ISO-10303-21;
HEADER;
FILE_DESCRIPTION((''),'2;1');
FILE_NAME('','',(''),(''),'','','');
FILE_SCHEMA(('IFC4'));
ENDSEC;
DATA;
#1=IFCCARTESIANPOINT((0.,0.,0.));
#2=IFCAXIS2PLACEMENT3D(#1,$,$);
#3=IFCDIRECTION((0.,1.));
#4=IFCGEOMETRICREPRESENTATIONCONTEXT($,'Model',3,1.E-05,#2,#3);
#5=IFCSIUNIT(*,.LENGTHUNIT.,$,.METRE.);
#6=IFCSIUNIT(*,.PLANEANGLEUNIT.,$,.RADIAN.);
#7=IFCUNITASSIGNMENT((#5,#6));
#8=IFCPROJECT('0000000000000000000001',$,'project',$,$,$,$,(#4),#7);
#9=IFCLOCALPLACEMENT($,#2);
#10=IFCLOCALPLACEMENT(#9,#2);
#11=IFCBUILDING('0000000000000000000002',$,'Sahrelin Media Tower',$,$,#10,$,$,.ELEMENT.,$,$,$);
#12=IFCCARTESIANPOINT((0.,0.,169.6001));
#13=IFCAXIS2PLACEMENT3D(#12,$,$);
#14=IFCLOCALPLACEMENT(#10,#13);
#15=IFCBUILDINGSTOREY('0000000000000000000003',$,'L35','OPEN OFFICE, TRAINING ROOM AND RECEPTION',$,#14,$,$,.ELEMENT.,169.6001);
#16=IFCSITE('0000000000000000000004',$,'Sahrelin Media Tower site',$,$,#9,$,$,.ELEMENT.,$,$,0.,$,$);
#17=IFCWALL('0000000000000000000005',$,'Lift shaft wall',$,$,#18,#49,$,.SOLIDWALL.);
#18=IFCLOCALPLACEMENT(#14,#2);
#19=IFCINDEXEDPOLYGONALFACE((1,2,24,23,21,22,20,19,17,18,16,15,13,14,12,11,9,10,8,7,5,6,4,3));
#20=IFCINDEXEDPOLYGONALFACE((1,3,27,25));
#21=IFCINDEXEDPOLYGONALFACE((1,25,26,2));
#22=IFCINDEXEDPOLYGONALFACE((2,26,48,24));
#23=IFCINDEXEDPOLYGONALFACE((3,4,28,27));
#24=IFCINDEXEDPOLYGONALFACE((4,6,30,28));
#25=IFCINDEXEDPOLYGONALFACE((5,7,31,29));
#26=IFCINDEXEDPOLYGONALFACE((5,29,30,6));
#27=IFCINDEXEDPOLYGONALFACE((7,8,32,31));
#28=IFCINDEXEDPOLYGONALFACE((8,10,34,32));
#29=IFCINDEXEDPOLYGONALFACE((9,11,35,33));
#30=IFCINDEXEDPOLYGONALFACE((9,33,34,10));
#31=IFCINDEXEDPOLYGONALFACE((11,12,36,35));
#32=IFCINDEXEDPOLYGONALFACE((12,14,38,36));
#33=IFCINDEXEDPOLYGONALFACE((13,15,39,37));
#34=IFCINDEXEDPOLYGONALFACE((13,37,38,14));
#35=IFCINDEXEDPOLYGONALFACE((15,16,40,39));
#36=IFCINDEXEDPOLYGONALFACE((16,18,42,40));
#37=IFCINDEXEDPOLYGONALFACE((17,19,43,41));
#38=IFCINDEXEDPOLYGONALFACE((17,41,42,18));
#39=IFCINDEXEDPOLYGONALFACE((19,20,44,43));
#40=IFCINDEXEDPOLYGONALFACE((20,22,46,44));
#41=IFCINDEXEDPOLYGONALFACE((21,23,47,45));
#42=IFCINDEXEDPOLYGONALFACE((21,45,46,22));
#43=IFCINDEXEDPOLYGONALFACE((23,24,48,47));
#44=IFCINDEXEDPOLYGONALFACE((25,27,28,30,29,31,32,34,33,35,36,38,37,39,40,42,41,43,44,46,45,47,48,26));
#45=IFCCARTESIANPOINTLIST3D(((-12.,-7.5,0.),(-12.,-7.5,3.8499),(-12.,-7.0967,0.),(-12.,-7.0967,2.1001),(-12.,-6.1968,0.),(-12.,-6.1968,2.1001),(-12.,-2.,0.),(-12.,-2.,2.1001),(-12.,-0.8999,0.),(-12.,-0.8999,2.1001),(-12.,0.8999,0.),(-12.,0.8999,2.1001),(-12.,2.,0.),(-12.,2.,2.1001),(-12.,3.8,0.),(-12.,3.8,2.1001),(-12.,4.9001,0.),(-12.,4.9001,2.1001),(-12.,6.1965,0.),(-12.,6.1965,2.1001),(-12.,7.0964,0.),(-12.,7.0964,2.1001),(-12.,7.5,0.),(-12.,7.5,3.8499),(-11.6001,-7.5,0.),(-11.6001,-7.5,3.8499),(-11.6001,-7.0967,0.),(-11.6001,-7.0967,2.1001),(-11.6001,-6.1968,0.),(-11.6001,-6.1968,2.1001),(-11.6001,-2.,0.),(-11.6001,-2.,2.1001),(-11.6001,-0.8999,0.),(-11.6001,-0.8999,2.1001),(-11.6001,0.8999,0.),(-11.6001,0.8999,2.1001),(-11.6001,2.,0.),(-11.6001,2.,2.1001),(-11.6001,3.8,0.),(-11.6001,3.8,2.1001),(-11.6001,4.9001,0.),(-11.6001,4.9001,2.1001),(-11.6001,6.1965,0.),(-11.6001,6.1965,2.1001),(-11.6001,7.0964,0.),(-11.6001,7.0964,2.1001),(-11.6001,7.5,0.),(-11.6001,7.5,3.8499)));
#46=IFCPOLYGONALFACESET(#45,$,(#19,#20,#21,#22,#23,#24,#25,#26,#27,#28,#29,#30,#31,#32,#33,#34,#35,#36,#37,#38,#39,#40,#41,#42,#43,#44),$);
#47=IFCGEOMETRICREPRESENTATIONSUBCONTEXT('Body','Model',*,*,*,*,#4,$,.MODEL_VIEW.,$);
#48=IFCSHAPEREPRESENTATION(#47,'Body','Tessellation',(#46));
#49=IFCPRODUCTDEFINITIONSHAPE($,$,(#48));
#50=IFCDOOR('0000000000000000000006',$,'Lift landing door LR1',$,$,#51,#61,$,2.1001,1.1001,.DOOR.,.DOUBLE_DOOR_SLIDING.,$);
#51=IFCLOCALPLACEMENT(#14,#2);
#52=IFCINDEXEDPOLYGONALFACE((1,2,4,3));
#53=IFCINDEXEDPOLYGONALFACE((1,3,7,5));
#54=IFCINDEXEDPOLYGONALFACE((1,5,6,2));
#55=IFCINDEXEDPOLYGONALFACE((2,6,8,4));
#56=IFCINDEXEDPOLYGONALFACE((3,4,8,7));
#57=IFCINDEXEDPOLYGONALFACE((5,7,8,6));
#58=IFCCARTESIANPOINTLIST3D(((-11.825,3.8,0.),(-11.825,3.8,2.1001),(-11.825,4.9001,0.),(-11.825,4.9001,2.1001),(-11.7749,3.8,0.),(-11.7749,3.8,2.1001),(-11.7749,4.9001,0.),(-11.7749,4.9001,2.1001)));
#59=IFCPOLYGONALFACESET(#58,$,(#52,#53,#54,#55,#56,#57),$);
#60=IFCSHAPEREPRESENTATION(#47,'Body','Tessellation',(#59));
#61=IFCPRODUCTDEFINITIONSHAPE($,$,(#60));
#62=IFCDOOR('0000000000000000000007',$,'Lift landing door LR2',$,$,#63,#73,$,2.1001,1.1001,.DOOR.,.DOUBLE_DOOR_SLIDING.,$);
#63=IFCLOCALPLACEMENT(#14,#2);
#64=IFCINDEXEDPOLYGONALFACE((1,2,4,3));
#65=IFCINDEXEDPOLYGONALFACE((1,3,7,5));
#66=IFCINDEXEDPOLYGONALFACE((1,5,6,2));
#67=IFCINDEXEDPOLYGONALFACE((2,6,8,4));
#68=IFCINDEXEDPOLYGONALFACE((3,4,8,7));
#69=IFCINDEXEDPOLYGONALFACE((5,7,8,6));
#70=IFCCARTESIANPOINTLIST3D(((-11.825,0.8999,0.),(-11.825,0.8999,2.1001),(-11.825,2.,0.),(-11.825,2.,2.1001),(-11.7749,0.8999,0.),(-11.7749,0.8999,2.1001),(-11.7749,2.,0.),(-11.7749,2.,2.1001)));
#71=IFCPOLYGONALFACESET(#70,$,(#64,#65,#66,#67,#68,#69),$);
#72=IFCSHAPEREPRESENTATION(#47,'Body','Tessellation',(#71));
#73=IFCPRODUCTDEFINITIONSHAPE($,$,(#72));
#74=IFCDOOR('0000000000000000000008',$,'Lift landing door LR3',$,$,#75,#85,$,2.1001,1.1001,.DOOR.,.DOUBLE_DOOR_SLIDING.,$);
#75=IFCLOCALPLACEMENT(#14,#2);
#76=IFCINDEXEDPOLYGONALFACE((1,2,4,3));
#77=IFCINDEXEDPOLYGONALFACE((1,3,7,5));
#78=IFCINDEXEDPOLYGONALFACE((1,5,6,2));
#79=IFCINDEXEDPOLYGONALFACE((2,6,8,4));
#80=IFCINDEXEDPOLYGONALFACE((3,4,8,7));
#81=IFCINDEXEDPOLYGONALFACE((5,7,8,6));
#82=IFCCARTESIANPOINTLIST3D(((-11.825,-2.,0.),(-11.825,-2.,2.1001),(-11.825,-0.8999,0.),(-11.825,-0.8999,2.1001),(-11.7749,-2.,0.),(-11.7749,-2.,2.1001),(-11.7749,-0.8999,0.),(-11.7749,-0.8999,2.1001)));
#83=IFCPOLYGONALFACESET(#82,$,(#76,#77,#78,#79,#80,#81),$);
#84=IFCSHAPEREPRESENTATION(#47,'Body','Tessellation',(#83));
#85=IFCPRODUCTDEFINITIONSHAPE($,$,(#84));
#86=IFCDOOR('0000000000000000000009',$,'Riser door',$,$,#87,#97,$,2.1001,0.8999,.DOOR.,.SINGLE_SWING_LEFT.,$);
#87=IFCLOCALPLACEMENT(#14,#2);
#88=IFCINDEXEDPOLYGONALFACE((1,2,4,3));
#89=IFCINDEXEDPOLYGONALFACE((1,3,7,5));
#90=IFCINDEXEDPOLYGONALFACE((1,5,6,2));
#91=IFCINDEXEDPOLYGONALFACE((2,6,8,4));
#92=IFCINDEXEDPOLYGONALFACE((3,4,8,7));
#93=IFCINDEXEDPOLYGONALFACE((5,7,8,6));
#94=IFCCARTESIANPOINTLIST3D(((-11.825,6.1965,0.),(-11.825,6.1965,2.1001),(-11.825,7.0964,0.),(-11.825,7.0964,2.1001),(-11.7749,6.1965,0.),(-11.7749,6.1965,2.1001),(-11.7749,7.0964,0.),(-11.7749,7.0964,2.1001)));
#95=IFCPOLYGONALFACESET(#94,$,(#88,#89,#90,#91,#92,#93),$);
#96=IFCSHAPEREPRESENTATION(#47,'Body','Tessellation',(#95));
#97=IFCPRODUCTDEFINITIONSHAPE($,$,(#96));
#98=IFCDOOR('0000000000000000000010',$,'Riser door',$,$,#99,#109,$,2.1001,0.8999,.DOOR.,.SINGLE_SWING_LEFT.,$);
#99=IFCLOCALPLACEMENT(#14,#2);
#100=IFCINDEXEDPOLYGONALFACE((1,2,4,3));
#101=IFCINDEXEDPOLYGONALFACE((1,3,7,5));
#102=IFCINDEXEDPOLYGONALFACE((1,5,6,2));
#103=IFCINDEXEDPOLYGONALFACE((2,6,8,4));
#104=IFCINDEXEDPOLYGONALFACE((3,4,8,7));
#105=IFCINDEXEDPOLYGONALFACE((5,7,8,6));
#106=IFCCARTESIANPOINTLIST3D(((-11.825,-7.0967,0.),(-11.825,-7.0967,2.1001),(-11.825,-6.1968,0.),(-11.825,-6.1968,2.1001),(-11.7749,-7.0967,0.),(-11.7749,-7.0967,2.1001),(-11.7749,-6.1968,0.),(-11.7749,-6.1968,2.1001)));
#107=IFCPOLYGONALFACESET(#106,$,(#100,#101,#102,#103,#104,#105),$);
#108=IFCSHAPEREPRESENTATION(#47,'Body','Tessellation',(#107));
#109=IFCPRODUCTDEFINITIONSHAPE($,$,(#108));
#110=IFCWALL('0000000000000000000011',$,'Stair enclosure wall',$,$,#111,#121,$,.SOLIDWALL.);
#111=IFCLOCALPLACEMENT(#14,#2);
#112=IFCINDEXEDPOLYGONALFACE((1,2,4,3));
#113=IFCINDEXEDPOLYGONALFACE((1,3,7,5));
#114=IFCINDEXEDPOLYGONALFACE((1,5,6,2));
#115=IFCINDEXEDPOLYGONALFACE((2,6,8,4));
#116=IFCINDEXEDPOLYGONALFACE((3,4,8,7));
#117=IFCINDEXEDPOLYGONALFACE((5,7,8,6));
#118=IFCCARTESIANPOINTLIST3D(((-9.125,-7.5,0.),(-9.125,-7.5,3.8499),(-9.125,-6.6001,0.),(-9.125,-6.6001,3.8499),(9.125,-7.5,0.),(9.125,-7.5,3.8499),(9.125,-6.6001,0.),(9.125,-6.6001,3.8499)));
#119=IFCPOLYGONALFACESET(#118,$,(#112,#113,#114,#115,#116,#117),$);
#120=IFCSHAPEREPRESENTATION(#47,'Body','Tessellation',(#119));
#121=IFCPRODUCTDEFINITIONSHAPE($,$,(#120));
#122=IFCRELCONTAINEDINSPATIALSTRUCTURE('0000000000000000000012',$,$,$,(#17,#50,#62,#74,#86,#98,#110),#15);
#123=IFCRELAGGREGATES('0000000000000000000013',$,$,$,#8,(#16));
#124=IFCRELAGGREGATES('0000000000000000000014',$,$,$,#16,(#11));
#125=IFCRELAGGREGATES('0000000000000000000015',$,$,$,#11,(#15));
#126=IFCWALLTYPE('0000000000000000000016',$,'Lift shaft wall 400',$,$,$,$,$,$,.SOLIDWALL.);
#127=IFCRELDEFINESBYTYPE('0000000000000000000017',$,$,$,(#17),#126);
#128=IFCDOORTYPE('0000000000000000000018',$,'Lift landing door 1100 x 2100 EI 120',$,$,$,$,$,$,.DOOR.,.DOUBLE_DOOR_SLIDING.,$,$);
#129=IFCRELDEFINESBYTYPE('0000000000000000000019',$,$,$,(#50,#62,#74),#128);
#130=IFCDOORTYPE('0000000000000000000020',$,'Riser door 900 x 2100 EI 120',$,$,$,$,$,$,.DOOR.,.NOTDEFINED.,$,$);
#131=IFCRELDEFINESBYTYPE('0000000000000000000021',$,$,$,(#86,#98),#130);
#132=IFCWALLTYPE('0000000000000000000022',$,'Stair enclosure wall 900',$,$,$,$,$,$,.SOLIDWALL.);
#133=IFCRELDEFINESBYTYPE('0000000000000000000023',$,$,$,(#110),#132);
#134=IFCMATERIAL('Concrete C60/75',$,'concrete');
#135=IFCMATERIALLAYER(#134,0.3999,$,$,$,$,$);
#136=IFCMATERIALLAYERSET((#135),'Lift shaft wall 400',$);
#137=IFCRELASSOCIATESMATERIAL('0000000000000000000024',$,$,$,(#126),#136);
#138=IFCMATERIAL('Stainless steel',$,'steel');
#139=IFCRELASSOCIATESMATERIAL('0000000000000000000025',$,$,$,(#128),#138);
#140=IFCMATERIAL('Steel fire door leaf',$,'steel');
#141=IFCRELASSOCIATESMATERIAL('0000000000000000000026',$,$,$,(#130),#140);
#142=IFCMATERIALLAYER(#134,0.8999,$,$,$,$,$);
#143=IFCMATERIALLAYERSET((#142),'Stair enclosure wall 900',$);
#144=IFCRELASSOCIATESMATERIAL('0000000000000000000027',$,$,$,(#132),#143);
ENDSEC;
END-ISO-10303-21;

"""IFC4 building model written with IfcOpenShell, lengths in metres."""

from ifc_helpers import new_model, si_unit, direction, frame, frame_2d, origin, place, context, subcontext, project, spatial, rectangle, extrude, material, layer, layer_set, type_object, element, fill, save


model = new_model("IFC4")

# Units and contexts
model_context = context("Model", 3, precision=1e-05, world=origin(), true_north=direction((0.0, 1.0)))
body_context = subcontext(model_context, "Body", "Model", "MODEL_VIEW")
ifc_project = project(units=[si_unit("LENGTHUNIT", "METRE"), si_unit("PLANEANGLEUNIT", "RADIAN")], contexts=[model_context])

# Site, building, storey
site_placement = place(None, origin())
site = spatial("IfcSite", under=ifc_project, at=site_placement, Name="Sahrelin Media Tower site", CompositionType="ELEMENT", RefElevation=0.0)
building_placement = place(site_placement, origin())
building = spatial("IfcBuilding", under=site, at=building_placement, Name="Sahrelin Media Tower", CompositionType="ELEMENT")
storey_placement = place(building_placement, frame((0.0, 0.0, 169.6001)))
storey = spatial("IfcBuildingStorey", under=building, at=storey_placement, Name="L35", Description="OPEN OFFICE, TRAINING ROOM AND RECEPTION", CompositionType="ELEMENT", Elevation=169.6001)

# Shared definitions
ifc_material_1 = material(Name="Concrete C60/75", Category="concrete")
ifc_material_2 = material(Name="Steel fire door leaf", Category="steel")

# Wall, openings, doors
ifc_layer_1 = layer(ifc_material_1, 0.3999)
ifc_layer_set_1 = layer_set([ifc_layer_1], Name="Lift shaft wall 400")
wall_type_1 = type_object("IfcWallType", Name="Lift shaft wall 400", PredefinedType="SOLIDWALL", material=ifc_layer_set_1)
wall_1_placement = place(storey_placement, frame((-11.8, -7.5, 0.0), z_axis=(0.0, 0.0, 1.0), x_axis=(0.0, 1.0, 0.0)))
wall_1 = element("IfcWall", 1, at=wall_1_placement, inside=storey, type_object=wall_type_1, Name="Lift shaft wall", PredefinedType="SOLIDWALL", context=body_context, shape_type="SweptSolid", body=[
    extrude(rectangle(XDim=15.0, YDim=0.3999, at=frame_2d((7.5, 0.0))), origin(), (0.0, 0.0, 1.0), 3.8499),
])
opening_1_placement = place(wall_1_placement, frame((11.3, 0.0, 0.0)))
opening_1 = element("IfcOpeningElement", 2, at=opening_1_placement, cuts=wall_1, PredefinedType="OPENING", context=body_context, shape_type="SweptSolid", body=[
    extrude(rectangle(XDim=1.1001, YDim=2.1001, at=frame_2d((0.55, 1.05))), frame((0.0, 0.2, 0.0), z_axis=(0.0, -1.0, 0.0), x_axis=(1.0, 0.0, 0.0)), (0.0, 0.0, 1.0), 0.3999),
])
opening_2_placement = place(wall_1_placement, frame((8.3999, 0.0, 0.0)))
opening_2 = element("IfcOpeningElement", 3, at=opening_2_placement, cuts=wall_1, PredefinedType="OPENING", context=body_context, shape_type="SweptSolid", body=[
    extrude(rectangle(XDim=1.1001, YDim=2.1001, at=frame_2d((0.55, 1.05))), frame((0.0, 0.2, 0.0), z_axis=(0.0, -1.0, 0.0), x_axis=(1.0, 0.0, 0.0)), (0.0, 0.0, 1.0), 0.3999),
])
opening_3_placement = place(wall_1_placement, frame((5.5, 0.0, 0.0)))
opening_3 = element("IfcOpeningElement", 4, at=opening_3_placement, cuts=wall_1, PredefinedType="OPENING", context=body_context, shape_type="SweptSolid", body=[
    extrude(rectangle(XDim=1.1001, YDim=2.1001, at=frame_2d((0.55, 1.05))), frame((0.0, 0.2, 0.0), z_axis=(0.0, -1.0, 0.0), x_axis=(1.0, 0.0, 0.0)), (0.0, 0.0, 1.0), 0.3999),
])
opening_4_placement = place(wall_1_placement, frame((13.6965, 0.0, 0.0)))
opening_4 = element("IfcOpeningElement", 5, at=opening_4_placement, cuts=wall_1, PredefinedType="OPENING", context=body_context, shape_type="SweptSolid", body=[
    extrude(rectangle(XDim=0.8999, YDim=2.1001, at=frame_2d((0.45, 1.05))), frame((0.0, 0.2, 0.0), z_axis=(0.0, -1.0, 0.0), x_axis=(1.0, 0.0, 0.0)), (0.0, 0.0, 1.0), 0.3999),
])
opening_5_placement = place(wall_1_placement, frame((0.4033, 0.0, 0.0)))
opening_5 = element("IfcOpeningElement", 6, at=opening_5_placement, cuts=wall_1, PredefinedType="OPENING", context=body_context, shape_type="SweptSolid", body=[
    extrude(rectangle(XDim=0.8999, YDim=2.1001, at=frame_2d((0.45, 1.05))), frame((0.0, 0.2, 0.0), z_axis=(0.0, -1.0, 0.0), x_axis=(1.0, 0.0, 0.0)), (0.0, 0.0, 1.0), 0.3999),
])
ifc_material_3 = material(Name="Stainless steel", Category="steel")
door_type_1 = type_object("IfcDoorType", Name="Lift landing door 1100 x 2100 EI 120", OperationType="DOUBLE_DOOR_SLIDING", PredefinedType="DOOR", material=ifc_material_3)
door_1_placement = place(opening_1_placement, origin())
door_1 = element("IfcDoor", 7, at=door_1_placement, inside=storey, type_object=door_type_1, Name="Lift landing door LR1", OperationType="DOUBLE_DOOR_SLIDING", OverallHeight=2.1001, OverallWidth=1.1001, PredefinedType="DOOR", context=body_context, shape_type="SweptSolid", body=[
    extrude(rectangle(XDim=1.1001, YDim=2.1001, at=frame_2d((0.55, 1.05))), frame((0.0, 0.0249, 0.0), z_axis=(0.0, -1.0, 0.0), x_axis=(1.0, 0.0, 0.0)), (0.0, 0.0, 1.0), 0.05),
])
fill(opening_1, door_1)
door_2_placement = place(opening_2_placement, origin())
door_2 = element("IfcDoor", 8, at=door_2_placement, inside=storey, type_object=door_type_1, Name="Lift landing door LR2", OperationType="DOUBLE_DOOR_SLIDING", OverallHeight=2.1001, OverallWidth=1.1001, PredefinedType="DOOR", context=body_context, shape_type="SweptSolid", body=[
    extrude(rectangle(XDim=1.1001, YDim=2.1001, at=frame_2d((0.55, 1.05))), frame((0.0, 0.0249, 0.0), z_axis=(0.0, -1.0, 0.0), x_axis=(1.0, 0.0, 0.0)), (0.0, 0.0, 1.0), 0.05),
])
fill(opening_2, door_2)
door_3_placement = place(opening_3_placement, origin())
door_3 = element("IfcDoor", 9, at=door_3_placement, inside=storey, type_object=door_type_1, Name="Lift landing door LR3", OperationType="DOUBLE_DOOR_SLIDING", OverallHeight=2.1001, OverallWidth=1.1001, PredefinedType="DOOR", context=body_context, shape_type="SweptSolid", body=[
    extrude(rectangle(XDim=1.1001, YDim=2.1001, at=frame_2d((0.55, 1.05))), frame((0.0, 0.0249, 0.0), z_axis=(0.0, -1.0, 0.0), x_axis=(1.0, 0.0, 0.0)), (0.0, 0.0, 1.0), 0.05),
])
fill(opening_3, door_3)
door_type_2 = type_object("IfcDoorType", Name="Riser door 900 x 2100 EI 120", OperationType="NOTDEFINED", PredefinedType="DOOR", material=ifc_material_2)
door_4_placement = place(opening_4_placement, origin())
door_4 = element("IfcDoor", 10, at=door_4_placement, inside=storey, type_object=door_type_2, Name="Riser door", OperationType="SINGLE_SWING_LEFT", OverallHeight=2.1001, OverallWidth=0.8999, PredefinedType="DOOR", context=body_context, shape_type="SweptSolid", body=[
    extrude(rectangle(XDim=0.8999, YDim=2.1001, at=frame_2d((0.45, 1.05))), frame((0.0, 0.0249, 0.0), z_axis=(0.0, -1.0, 0.0), x_axis=(1.0, 0.0, 0.0)), (0.0, 0.0, 1.0), 0.05),
])
fill(opening_4, door_4)
door_5_placement = place(opening_5_placement, origin())
door_5 = element("IfcDoor", 11, at=door_5_placement, inside=storey, type_object=door_type_2, Name="Riser door", OperationType="SINGLE_SWING_LEFT", OverallHeight=2.1001, OverallWidth=0.8999, PredefinedType="DOOR", context=body_context, shape_type="SweptSolid", body=[
    extrude(rectangle(XDim=0.8999, YDim=2.1001, at=frame_2d((0.45, 1.05))), frame((0.0, 0.0249, 0.0), z_axis=(0.0, -1.0, 0.0), x_axis=(1.0, 0.0, 0.0)), (0.0, 0.0, 1.0), 0.05),
])
fill(opening_5, door_5)

# Wall
ifc_layer_2 = layer(ifc_material_1, 0.8999)
ifc_layer_set_2 = layer_set([ifc_layer_2], Name="Stair enclosure wall 900")
wall_type_2 = type_object("IfcWallType", Name="Stair enclosure wall 900", PredefinedType="SOLIDWALL", material=ifc_layer_set_2)
wall_2_placement = place(storey_placement, frame((-9.125, -7.05, 0.0), z_axis=(0.0, 0.0, 1.0), x_axis=(1.0, 0.0, 0.0)))
element("IfcWall", 12, at=wall_2_placement, inside=storey, type_object=wall_type_2, Name="Stair enclosure wall", PredefinedType="SOLIDWALL", context=body_context, shape_type="SweptSolid", body=[
    extrude(rectangle(XDim=18.25, YDim=0.8999, at=frame_2d((9.125, 0.0))), origin(), (0.0, 0.0, 1.0), 3.8499),
])

save(model, "model.ifc")
